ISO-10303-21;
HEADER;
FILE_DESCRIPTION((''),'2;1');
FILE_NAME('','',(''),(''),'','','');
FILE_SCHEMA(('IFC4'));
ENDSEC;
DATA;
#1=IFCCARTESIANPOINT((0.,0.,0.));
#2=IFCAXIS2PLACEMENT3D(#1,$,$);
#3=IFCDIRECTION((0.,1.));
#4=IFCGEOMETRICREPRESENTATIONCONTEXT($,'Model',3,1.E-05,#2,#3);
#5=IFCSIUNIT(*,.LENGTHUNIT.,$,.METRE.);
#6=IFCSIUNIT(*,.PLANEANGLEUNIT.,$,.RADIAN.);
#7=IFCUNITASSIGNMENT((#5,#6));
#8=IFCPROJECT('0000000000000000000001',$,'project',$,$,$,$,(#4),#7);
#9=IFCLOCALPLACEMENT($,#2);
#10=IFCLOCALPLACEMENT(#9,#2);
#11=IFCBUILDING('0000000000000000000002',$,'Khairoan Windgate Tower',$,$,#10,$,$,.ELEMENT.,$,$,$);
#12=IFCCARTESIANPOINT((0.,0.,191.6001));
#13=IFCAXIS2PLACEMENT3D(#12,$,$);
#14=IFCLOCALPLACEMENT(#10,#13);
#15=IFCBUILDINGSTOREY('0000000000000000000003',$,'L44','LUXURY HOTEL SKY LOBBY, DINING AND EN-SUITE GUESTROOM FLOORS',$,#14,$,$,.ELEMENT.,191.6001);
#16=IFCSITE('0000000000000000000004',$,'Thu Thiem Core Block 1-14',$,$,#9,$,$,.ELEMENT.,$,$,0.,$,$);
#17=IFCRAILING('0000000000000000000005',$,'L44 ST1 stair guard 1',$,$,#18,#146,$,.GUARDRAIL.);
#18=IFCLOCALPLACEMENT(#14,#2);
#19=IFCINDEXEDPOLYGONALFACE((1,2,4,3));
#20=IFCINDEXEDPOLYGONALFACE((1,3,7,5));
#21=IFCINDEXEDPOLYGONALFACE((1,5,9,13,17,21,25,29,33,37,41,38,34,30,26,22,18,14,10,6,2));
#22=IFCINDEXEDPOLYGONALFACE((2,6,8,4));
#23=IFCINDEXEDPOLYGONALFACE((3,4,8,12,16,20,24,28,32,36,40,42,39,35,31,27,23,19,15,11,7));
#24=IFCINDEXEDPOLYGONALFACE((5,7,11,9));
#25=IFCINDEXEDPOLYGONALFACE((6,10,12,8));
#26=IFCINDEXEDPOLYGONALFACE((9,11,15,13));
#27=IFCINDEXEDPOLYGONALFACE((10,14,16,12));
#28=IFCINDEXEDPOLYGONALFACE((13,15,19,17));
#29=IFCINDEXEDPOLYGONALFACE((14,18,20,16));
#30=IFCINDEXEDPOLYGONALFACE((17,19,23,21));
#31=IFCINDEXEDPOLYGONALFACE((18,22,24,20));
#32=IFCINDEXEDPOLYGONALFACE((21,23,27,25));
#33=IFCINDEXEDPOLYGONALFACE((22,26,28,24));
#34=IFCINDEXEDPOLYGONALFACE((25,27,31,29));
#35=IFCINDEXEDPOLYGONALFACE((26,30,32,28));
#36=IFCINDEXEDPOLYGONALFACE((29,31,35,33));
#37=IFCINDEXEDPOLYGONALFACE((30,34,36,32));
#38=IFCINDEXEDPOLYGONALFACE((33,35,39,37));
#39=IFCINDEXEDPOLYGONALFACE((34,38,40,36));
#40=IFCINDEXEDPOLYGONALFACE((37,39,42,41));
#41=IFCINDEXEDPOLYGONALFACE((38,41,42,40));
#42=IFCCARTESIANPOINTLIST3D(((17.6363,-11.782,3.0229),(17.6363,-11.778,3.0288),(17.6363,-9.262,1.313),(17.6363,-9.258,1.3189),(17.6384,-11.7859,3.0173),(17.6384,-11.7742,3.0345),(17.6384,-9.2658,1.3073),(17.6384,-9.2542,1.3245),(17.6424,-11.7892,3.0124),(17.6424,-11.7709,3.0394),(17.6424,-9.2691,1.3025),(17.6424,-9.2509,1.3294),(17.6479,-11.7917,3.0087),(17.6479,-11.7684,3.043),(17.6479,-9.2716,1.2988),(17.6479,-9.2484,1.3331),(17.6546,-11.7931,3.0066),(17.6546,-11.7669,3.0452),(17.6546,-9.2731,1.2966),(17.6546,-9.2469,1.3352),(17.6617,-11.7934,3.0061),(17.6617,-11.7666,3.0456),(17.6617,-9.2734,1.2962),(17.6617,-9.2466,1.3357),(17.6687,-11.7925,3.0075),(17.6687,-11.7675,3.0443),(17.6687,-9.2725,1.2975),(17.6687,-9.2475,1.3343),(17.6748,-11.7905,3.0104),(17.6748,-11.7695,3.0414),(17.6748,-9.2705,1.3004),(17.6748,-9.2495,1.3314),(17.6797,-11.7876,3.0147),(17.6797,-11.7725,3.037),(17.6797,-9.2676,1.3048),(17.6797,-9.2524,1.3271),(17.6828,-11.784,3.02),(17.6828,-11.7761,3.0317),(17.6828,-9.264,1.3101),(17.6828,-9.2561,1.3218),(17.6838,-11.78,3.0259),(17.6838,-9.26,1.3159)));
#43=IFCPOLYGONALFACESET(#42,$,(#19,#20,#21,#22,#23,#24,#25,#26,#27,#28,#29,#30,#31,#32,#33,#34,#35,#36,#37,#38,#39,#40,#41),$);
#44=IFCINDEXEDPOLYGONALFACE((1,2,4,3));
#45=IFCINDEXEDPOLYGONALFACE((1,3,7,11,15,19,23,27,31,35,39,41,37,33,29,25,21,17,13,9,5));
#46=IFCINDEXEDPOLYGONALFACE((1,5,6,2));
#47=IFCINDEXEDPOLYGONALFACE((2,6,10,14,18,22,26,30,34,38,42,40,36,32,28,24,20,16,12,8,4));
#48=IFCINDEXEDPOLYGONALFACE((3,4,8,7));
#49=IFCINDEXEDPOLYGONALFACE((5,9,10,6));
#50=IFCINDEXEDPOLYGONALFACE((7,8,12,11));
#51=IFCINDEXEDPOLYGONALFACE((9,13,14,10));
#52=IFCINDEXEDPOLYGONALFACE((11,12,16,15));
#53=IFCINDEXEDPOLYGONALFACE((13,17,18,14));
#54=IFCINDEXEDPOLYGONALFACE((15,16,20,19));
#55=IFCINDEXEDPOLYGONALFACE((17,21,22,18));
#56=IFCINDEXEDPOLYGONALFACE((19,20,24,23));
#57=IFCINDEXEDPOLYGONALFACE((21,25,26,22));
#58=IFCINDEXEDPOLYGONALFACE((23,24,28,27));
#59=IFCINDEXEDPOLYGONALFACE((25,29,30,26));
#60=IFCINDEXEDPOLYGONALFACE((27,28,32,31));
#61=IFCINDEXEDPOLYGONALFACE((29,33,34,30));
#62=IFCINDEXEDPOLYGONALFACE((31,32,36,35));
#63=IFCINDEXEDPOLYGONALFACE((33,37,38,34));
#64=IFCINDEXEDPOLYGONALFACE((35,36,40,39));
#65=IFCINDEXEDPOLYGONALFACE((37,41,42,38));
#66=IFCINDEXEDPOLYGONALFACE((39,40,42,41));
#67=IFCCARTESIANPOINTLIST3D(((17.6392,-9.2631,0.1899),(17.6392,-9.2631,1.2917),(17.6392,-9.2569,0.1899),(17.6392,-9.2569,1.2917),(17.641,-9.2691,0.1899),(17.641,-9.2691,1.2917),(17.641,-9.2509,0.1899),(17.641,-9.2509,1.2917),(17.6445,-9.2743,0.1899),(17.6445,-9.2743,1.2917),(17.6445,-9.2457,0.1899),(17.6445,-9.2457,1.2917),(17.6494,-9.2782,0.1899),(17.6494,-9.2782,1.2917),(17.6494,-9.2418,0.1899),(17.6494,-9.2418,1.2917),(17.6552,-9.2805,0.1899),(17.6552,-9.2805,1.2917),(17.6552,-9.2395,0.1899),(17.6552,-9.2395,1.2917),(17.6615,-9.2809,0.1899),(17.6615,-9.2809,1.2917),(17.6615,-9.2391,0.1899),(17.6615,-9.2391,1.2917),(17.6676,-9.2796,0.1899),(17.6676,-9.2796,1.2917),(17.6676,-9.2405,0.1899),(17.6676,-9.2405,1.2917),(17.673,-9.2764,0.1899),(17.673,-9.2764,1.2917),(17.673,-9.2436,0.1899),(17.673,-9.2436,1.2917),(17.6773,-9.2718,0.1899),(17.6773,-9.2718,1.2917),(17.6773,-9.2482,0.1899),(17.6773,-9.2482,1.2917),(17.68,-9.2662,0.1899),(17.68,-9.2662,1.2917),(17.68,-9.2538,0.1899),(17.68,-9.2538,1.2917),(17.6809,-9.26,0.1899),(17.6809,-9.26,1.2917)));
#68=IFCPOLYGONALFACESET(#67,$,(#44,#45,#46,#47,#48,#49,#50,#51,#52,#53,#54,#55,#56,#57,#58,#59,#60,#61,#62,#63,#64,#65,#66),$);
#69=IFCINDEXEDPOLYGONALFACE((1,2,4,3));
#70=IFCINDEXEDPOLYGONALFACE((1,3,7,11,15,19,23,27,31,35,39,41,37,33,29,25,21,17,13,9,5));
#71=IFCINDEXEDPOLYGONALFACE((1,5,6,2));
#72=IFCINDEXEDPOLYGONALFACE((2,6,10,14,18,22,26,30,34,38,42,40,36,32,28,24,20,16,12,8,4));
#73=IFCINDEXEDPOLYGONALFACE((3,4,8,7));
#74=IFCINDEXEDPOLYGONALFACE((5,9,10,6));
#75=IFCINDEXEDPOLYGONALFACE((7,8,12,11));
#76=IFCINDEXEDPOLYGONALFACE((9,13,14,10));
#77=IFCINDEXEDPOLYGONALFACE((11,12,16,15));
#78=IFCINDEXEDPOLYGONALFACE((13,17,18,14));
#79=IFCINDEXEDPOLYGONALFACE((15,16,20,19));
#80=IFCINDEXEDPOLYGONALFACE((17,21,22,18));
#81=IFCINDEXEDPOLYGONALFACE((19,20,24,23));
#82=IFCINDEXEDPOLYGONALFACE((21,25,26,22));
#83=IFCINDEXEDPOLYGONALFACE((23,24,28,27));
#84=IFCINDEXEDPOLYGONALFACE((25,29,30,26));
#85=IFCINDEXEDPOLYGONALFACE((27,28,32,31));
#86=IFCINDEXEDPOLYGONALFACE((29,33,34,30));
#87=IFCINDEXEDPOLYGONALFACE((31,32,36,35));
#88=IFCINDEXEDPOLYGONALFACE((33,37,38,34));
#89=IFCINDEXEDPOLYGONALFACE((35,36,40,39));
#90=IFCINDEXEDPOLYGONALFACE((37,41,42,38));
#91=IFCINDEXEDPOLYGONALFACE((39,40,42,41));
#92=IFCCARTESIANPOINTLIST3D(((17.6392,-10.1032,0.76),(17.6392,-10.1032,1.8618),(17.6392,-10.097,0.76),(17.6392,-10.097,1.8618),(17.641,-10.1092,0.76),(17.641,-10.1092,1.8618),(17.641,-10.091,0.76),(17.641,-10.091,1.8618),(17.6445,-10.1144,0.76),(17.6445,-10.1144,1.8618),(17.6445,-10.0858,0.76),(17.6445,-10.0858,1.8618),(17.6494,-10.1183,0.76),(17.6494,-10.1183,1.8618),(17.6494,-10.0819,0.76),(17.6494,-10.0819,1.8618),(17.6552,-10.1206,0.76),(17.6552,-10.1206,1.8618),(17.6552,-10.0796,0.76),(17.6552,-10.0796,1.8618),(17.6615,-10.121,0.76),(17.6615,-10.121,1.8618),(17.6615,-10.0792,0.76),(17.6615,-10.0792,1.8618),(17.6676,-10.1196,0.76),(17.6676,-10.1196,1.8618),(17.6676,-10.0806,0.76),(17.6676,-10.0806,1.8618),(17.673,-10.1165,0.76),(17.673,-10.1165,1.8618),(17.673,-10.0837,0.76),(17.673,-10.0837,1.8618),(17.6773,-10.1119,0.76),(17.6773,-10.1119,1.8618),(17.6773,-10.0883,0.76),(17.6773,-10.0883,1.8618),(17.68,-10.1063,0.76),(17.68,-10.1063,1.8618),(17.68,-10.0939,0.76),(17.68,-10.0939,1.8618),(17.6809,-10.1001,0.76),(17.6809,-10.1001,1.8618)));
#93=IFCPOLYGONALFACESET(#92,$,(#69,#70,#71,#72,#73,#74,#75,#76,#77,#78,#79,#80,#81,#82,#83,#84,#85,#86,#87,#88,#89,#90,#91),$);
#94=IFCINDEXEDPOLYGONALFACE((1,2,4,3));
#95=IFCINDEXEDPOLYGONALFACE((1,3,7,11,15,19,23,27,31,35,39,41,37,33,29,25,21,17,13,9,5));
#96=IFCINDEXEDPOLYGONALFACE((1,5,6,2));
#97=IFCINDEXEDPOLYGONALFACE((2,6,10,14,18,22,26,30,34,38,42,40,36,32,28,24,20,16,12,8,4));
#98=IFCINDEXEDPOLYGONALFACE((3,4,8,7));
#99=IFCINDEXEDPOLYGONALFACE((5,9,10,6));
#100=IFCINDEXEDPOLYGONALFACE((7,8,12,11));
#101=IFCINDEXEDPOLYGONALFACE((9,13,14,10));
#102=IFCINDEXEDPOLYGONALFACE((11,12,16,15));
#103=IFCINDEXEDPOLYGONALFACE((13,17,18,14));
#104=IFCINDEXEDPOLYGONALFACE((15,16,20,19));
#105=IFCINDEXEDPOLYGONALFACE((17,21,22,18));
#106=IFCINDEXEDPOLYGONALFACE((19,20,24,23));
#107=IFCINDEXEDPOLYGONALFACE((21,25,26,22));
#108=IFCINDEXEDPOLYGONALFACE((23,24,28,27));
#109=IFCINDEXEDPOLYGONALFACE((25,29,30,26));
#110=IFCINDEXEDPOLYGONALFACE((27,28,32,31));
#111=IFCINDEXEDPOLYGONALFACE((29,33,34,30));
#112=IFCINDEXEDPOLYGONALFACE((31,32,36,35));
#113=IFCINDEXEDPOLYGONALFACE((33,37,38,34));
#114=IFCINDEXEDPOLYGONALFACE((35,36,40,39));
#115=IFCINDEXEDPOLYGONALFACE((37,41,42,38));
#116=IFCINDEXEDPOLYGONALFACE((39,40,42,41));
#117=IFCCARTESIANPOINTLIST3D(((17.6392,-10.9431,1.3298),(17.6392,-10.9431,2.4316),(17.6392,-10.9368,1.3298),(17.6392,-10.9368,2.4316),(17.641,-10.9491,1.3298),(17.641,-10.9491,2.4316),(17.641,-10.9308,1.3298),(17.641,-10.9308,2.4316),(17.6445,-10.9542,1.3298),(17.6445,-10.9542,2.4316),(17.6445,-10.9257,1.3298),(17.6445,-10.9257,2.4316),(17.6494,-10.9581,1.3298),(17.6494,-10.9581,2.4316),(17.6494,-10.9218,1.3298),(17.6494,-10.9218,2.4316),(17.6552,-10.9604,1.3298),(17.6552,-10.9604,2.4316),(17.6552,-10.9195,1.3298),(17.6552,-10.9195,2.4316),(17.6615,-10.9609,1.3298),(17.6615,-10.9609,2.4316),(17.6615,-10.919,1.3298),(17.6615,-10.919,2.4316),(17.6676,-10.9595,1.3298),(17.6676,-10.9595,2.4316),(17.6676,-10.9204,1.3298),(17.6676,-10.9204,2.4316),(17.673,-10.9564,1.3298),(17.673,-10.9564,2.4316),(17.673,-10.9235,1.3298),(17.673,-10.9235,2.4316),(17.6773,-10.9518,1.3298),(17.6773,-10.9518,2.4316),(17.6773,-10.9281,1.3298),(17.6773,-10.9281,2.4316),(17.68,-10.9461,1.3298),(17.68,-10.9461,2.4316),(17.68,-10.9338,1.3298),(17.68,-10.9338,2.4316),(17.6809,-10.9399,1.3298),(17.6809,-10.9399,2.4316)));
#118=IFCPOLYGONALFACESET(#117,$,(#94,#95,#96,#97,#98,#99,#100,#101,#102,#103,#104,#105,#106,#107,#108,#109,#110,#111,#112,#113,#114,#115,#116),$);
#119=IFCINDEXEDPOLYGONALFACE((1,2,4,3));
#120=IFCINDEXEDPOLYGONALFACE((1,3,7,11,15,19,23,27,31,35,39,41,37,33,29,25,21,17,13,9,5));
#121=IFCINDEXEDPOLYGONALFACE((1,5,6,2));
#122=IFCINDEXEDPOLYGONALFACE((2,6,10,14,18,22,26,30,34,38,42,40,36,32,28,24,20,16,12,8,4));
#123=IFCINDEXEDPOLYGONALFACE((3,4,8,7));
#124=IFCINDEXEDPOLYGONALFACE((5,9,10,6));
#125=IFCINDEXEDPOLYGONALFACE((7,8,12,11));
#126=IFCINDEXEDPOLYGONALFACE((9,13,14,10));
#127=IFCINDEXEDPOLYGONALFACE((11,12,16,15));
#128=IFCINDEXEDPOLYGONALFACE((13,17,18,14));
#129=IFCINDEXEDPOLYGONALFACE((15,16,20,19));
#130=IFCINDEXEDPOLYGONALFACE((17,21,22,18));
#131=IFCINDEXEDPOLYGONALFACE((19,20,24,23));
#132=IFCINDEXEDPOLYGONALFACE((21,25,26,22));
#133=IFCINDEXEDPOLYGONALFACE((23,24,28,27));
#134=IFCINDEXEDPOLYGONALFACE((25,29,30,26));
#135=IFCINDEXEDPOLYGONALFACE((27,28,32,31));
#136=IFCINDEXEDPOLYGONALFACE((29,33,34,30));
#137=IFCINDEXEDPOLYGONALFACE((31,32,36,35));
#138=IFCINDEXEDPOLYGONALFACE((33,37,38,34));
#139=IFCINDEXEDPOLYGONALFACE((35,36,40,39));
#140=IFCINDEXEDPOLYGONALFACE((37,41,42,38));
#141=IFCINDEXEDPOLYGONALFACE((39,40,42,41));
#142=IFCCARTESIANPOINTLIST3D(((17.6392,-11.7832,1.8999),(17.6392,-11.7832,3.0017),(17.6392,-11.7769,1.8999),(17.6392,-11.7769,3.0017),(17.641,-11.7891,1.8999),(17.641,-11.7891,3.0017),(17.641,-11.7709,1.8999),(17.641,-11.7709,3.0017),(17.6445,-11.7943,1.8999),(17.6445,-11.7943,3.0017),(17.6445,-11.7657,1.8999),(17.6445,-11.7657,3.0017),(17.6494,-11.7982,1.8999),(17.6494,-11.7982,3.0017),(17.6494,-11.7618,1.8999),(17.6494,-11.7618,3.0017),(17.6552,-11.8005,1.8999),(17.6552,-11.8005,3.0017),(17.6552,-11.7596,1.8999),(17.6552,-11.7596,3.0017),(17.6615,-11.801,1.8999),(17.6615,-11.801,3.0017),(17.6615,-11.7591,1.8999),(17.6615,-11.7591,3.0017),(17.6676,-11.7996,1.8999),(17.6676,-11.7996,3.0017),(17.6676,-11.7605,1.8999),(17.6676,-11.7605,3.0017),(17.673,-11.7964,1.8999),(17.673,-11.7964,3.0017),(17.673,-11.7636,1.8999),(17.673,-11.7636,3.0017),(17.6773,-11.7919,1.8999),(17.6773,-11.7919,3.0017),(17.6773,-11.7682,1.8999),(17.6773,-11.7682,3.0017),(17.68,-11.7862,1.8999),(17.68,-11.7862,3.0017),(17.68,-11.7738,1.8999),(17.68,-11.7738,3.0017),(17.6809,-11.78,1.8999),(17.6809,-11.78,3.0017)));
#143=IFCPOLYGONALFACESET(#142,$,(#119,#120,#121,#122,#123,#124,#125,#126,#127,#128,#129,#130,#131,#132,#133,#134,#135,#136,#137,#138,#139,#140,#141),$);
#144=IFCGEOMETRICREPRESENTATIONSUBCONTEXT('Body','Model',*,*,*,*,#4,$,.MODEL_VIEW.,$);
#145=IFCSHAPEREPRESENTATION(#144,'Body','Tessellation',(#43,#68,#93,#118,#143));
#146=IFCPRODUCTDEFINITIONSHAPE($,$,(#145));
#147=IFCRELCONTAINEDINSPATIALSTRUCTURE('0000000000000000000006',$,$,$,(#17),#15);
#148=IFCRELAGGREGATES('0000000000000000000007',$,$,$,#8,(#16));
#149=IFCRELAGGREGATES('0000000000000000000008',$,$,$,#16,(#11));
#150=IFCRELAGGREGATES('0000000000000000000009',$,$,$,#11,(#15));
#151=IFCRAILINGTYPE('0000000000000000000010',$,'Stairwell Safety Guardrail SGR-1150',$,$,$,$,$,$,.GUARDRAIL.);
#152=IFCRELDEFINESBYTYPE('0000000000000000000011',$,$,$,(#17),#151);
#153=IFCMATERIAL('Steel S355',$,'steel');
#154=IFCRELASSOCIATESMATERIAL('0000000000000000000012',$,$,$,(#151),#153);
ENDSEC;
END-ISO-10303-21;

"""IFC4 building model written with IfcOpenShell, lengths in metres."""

from ifc_helpers import new_model, si_unit, direction, frame, origin, origin_2d, place, context, subcontext, project, spatial, circle, extrude, material, type_object, element, save


model = new_model("IFC4")

# Units and contexts
model_context = context("Model", 3, precision=1e-05, world=origin(), true_north=direction((0.0, 1.0)))
body_context = subcontext(model_context, "Body", "Model", "MODEL_VIEW")
ifc_project = project(units=[si_unit("LENGTHUNIT", "METRE"), si_unit("PLANEANGLEUNIT", "RADIAN")], contexts=[model_context])

# Site, building, storey
site_placement = place(None, origin())
site = spatial("IfcSite", under=ifc_project, at=site_placement, Name="Thu Thiem Core Block 1-14", CompositionType="ELEMENT", RefElevation=0.0)
building_placement = place(site_placement, origin())
building = spatial("IfcBuilding", under=site, at=building_placement, Name="Khairoan Windgate Tower", CompositionType="ELEMENT")
storey_placement = place(building_placement, frame((0.0, 0.0, 191.6001)))
storey = spatial("IfcBuildingStorey", under=building, at=storey_placement, Name="L44", Description="LUXURY HOTEL SKY LOBBY, DINING AND EN-SUITE GUESTROOM FLOORS", CompositionType="ELEMENT", Elevation=191.6001)

# Railing
ifc_material_1 = material(Name="Steel S355", Category="steel")
railing_type_1 = type_object("IfcRailingType", Name="Stairwell Safety Guardrail SGR-1150", PredefinedType="GUARDRAIL", material=ifc_material_1)
railing_1_placement = place(storey_placement, frame((17.6599, -9.26, 0.1899)))
element("IfcRailing", 1, at=railing_1_placement, inside=storey, type_object=railing_type_1, Name="L44 ST1 stair guard 1", PredefinedType="GUARDRAIL", context=body_context, shape_type="SweptSolid", body=[
    extrude(circle(Radius=0.0239, at=origin_2d()), frame((0.0, 0.0, 1.126), z_axis=(0.0, -0.827484, 0.56149), x_axis=(1.0, 0.0, 0.0)), (0.0, 0.0, 1.0), 3.0454),
    extrude(circle(Radius=0.021, at=origin_2d()), origin(), (0.0, 0.0, 1.0), 1.1018),
    extrude(circle(Radius=0.021, at=origin_2d()), frame((0.0, -0.8401, 0.5701)), (0.0, 0.0, 1.0), 1.1018),
    extrude(circle(Radius=0.021, at=origin_2d()), frame((0.0, -1.6799, 1.1399)), (0.0, 0.0, 1.0), 1.1018),
    extrude(circle(Radius=0.021, at=origin_2d()), frame((0.0, -2.52, 1.71)), (0.0, 0.0, 1.0), 1.1018),
])

save(model, "model.ifc")
